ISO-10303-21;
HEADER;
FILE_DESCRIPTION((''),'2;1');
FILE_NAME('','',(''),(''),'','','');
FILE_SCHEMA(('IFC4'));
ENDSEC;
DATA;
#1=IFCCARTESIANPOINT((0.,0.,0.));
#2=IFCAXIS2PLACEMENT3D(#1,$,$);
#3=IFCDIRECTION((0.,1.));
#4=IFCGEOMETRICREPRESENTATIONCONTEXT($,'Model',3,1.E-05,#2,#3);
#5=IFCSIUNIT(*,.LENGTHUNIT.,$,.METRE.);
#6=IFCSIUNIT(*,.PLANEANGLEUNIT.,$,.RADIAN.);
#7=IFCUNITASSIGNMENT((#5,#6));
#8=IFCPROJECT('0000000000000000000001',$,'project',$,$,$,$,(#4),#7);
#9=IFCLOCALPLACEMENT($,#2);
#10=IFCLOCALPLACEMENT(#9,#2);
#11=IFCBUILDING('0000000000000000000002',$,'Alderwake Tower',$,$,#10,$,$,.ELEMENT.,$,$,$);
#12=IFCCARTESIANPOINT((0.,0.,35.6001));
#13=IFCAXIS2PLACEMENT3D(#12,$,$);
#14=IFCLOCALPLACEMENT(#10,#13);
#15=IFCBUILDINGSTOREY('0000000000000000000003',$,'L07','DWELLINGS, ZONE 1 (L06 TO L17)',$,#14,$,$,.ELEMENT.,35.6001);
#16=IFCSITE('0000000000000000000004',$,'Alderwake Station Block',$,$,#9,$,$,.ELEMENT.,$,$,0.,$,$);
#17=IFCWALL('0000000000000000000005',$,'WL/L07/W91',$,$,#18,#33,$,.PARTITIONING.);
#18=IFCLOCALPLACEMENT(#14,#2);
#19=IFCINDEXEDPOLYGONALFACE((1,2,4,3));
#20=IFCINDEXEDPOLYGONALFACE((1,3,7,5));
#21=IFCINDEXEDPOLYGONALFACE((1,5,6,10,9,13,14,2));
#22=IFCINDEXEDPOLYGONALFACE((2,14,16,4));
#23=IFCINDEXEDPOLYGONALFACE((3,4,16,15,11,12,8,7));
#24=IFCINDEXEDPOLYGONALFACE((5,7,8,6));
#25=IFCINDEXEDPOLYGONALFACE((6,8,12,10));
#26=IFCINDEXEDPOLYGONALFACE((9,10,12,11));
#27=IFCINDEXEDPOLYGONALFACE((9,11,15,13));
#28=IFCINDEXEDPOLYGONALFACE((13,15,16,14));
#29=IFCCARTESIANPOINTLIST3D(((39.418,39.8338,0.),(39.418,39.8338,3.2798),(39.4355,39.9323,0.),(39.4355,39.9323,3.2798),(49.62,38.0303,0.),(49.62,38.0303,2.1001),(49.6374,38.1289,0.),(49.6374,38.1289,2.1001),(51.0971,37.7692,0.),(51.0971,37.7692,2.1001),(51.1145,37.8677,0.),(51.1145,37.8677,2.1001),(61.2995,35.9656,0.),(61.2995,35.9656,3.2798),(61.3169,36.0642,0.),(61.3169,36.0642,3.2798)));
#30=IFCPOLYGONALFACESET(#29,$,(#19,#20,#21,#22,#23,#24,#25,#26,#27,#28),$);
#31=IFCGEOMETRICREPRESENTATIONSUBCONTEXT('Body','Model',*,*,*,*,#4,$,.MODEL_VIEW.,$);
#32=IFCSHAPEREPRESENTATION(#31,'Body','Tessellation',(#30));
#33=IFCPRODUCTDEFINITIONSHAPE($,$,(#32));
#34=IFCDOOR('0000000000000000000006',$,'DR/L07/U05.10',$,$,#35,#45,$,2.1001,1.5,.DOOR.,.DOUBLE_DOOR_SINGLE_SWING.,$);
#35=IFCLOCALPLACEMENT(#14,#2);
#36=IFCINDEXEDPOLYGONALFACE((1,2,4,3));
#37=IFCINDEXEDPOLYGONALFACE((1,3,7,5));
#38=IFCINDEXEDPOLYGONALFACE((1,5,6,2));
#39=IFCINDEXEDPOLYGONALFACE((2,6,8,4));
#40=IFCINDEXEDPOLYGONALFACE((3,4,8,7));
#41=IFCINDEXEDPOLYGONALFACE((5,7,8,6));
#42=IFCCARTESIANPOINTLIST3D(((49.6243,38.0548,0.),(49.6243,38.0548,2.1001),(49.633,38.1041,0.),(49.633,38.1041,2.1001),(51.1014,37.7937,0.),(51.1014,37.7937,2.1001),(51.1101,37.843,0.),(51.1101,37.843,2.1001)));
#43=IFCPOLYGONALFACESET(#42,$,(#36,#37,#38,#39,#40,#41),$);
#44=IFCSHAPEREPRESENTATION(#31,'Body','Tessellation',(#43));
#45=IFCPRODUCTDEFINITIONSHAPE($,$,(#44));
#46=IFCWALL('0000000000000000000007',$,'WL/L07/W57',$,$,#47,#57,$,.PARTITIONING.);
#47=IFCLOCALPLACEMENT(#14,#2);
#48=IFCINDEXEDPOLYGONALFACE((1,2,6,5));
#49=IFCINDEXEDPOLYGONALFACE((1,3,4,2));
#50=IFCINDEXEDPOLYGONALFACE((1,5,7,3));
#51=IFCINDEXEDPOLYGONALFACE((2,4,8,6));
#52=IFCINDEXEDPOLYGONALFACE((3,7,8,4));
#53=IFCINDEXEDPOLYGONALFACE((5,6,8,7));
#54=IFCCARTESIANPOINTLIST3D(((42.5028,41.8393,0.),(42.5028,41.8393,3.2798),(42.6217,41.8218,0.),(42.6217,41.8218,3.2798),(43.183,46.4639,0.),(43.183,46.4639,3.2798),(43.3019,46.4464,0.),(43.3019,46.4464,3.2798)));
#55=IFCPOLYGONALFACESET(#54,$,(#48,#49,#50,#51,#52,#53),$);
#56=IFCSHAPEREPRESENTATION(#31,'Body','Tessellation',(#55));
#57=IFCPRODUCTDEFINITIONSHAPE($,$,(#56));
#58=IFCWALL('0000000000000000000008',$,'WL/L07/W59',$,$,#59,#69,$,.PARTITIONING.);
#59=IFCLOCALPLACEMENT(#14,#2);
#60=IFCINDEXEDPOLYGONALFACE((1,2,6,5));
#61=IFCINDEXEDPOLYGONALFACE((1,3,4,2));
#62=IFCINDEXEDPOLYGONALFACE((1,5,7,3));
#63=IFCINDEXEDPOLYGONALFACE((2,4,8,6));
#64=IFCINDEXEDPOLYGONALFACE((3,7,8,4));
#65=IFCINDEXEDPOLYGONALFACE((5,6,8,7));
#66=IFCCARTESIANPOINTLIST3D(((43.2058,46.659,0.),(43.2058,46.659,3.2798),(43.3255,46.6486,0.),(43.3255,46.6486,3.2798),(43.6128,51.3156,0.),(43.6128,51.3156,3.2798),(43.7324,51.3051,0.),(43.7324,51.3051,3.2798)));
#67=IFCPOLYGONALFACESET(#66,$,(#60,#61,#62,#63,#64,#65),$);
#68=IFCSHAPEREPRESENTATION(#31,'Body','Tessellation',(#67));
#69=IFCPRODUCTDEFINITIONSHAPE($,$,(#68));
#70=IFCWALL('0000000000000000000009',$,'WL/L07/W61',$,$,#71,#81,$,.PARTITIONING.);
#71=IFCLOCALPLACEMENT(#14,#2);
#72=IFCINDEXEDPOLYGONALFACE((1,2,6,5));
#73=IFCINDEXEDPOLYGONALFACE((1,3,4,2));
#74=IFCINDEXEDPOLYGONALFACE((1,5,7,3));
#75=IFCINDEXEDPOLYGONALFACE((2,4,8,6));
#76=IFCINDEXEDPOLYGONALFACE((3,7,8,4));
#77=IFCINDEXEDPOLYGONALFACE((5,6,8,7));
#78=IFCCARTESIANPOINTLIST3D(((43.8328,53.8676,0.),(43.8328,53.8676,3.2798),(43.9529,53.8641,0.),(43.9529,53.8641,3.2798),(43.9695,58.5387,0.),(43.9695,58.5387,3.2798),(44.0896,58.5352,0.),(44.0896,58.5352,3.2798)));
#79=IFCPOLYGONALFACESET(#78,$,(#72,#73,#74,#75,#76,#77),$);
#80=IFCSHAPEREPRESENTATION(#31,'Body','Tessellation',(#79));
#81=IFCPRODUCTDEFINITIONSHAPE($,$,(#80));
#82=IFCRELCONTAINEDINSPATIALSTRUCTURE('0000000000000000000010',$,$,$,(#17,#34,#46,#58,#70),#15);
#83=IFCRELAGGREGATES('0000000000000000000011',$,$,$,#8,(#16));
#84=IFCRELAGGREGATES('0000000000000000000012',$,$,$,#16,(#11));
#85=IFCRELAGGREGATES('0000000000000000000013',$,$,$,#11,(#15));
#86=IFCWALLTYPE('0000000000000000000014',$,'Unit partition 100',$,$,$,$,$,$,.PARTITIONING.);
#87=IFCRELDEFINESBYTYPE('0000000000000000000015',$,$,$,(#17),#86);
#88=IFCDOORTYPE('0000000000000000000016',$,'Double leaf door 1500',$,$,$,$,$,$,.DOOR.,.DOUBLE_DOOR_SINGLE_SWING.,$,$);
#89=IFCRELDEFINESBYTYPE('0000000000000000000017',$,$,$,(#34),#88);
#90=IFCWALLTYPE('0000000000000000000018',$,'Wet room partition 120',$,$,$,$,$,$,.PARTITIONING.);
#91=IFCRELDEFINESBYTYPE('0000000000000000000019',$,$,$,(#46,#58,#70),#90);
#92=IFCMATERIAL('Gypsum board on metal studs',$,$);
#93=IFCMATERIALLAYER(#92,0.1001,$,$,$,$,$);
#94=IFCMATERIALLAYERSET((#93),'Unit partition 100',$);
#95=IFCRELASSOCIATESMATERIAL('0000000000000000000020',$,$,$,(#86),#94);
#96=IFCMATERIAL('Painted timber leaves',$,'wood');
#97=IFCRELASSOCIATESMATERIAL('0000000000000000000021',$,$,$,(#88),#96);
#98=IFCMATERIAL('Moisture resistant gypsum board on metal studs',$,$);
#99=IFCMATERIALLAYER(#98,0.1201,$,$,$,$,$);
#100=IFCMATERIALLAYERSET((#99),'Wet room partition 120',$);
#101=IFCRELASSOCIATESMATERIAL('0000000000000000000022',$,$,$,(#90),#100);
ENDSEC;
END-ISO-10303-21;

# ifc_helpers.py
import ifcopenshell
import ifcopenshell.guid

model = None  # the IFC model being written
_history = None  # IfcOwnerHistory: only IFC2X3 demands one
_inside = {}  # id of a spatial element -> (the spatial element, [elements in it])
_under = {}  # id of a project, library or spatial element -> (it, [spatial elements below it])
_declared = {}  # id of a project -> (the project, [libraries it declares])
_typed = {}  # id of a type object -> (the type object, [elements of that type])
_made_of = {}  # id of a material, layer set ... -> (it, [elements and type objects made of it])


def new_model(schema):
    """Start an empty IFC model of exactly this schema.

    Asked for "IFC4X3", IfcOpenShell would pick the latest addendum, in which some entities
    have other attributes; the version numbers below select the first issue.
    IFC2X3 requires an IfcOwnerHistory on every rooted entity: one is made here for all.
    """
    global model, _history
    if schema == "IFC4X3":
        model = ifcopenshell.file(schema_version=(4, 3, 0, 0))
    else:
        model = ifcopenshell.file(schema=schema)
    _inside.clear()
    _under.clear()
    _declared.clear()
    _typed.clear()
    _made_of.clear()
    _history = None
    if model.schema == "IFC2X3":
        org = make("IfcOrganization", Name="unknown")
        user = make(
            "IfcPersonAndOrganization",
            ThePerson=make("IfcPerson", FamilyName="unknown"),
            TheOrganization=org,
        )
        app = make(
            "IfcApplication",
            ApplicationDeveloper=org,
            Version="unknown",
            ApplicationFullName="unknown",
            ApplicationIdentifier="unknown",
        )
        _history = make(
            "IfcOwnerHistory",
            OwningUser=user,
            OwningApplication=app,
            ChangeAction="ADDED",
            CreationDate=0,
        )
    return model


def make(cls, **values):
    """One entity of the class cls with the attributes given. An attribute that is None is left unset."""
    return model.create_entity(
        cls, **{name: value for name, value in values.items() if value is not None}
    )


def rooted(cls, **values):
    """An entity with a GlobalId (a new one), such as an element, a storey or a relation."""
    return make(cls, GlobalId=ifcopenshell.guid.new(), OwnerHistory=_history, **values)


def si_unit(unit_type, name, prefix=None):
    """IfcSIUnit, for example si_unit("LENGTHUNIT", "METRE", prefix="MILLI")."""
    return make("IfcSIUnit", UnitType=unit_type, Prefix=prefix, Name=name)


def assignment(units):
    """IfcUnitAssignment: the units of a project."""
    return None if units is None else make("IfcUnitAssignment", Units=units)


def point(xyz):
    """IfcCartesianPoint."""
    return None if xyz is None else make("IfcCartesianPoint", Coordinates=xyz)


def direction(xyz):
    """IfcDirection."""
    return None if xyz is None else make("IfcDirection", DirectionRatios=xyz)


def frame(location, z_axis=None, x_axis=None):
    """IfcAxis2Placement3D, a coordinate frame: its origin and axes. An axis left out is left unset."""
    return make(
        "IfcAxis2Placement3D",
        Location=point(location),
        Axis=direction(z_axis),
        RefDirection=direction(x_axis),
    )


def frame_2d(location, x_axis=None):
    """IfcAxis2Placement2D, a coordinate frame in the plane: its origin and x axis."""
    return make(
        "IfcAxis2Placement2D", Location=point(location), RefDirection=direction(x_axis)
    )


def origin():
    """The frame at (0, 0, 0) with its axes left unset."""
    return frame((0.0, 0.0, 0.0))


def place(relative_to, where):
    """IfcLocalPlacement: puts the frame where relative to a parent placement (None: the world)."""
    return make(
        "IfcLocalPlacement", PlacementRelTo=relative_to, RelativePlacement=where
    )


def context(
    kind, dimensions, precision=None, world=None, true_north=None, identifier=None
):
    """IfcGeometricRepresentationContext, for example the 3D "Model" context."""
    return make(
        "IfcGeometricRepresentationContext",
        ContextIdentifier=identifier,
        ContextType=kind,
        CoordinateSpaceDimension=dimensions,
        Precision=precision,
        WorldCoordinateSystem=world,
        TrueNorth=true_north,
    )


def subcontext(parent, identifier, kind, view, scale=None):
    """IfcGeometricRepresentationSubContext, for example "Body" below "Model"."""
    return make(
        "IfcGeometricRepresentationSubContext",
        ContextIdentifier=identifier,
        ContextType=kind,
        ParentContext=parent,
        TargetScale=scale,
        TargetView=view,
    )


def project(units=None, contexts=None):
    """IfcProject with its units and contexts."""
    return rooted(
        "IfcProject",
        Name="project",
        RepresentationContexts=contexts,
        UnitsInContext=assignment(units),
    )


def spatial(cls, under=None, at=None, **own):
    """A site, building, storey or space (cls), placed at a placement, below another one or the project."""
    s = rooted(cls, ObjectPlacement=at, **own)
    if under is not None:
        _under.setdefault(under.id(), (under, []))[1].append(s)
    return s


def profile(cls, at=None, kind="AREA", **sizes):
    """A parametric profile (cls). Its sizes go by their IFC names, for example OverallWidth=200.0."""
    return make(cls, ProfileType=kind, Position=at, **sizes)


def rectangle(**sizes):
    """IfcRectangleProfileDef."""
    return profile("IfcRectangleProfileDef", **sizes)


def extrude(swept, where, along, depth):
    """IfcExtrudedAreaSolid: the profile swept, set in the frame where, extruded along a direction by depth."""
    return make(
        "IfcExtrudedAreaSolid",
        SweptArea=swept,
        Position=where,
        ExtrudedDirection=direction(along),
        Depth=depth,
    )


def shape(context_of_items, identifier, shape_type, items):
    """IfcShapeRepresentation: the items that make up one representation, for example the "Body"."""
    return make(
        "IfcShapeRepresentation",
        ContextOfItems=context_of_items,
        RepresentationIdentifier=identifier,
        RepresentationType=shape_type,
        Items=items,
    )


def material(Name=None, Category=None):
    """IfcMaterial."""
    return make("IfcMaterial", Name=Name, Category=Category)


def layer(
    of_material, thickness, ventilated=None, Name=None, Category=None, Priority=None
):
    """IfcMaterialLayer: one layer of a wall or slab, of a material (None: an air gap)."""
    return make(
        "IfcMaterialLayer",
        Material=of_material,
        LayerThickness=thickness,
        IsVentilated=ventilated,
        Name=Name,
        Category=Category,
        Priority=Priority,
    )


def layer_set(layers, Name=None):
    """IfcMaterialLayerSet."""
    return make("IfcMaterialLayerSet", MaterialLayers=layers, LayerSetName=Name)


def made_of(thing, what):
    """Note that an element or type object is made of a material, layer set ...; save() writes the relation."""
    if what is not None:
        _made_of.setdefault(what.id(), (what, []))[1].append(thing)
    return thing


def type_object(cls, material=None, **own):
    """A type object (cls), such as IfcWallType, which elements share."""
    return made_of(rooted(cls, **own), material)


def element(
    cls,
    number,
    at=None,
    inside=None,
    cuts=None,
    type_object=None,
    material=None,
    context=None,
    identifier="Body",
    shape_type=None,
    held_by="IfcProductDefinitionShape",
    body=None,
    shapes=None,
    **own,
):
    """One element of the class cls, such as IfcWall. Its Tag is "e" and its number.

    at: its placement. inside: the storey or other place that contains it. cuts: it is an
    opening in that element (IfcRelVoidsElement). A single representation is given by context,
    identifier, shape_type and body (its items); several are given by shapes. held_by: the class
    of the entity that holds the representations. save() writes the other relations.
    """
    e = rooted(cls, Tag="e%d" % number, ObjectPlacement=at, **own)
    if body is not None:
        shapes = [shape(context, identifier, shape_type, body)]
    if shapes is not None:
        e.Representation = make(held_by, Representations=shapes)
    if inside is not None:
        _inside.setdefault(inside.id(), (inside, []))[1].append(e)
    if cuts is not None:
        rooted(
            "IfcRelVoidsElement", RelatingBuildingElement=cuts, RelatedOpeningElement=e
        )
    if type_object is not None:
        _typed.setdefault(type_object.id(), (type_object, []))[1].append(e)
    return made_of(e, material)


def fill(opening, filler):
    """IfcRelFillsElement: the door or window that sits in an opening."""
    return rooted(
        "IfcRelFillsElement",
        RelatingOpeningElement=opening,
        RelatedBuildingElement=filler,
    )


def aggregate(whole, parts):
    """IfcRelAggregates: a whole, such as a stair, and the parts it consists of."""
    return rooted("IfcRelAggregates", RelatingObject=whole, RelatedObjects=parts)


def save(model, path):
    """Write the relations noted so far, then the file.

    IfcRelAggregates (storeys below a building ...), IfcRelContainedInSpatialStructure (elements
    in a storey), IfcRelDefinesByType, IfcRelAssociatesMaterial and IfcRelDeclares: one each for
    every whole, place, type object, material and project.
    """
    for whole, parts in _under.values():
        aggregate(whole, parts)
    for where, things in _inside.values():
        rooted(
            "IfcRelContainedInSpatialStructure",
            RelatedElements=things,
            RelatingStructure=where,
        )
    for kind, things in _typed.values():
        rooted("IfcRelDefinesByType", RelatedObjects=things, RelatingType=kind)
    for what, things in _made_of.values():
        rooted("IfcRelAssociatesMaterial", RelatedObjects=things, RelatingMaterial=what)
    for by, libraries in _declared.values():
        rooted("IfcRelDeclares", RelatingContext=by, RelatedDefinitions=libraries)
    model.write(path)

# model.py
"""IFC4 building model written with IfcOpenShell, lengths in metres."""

from ifc_helpers import new_model, si_unit, direction, frame, frame_2d, origin, place, context, subcontext, project, spatial, rectangle, extrude, material, layer, layer_set, type_object, element, fill, save


model = new_model("IFC4")

# Units and contexts
model_context = context("Model", 3, precision=1e-05, world=origin(), true_north=direction((0.0, 1.0)))
body_context = subcontext(model_context, "Body", "Model", "MODEL_VIEW")
ifc_project = project(units=[si_unit("LENGTHUNIT", "METRE"), si_unit("PLANEANGLEUNIT", "RADIAN")], contexts=[model_context])

# Site, building, storey
site_placement = place(None, origin())
site = spatial("IfcSite", under=ifc_project, at=site_placement, Name="Alderwake Station Block", CompositionType="ELEMENT", RefElevation=0.0)
building_placement = place(site_placement, origin())
building = spatial("IfcBuilding", under=site, at=building_placement, Name="Alderwake Tower", CompositionType="ELEMENT")
storey_placement = place(building_placement, frame((0.0, 0.0, 35.6001)))
storey = spatial("IfcBuildingStorey", under=building, at=storey_placement, Name="L07", Description="DWELLINGS, ZONE 1 (L06 TO L17)", CompositionType="ELEMENT", Elevation=35.6001)

# Shared definitions
ifc_material_1 = material(Name="Gypsum board on metal studs")
ifc_layer_1 = layer(ifc_material_1, 0.1001)
ifc_layer_set_1 = layer_set([ifc_layer_1], Name="Unit partition 100")
wall_type_1 = type_object("IfcWallType", Name="Unit partition 100", PredefinedType="PARTITIONING", material=ifc_layer_set_1)

# Wall, opening, door
wall_1_placement = place(storey_placement, frame((39.4268, 39.8831, 0.0), z_axis=(0.0, 0.0, 1.0), x_axis=(0.984732, -0.17408, 0.0)))
wall_1 = element("IfcWall", 1, at=wall_1_placement, inside=storey, type_object=wall_type_1, Name="WL/L07/W91", PredefinedType="PARTITIONING", context=body_context, shape_type="SweptSolid", body=[
    extrude(rectangle(XDim=22.2207, YDim=0.1001, at=frame_2d((11.1104, 0.0))), origin(), (0.0, 0.0, 1.0), 3.2798),
])
opening_1_placement = place(wall_1_placement, frame((10.3601, 0.0, 0.0)))
opening_1 = element("IfcOpeningElement", 2, at=opening_1_placement, cuts=wall_1, PredefinedType="OPENING", context=body_context, shape_type="SweptSolid", body=[
    extrude(rectangle(XDim=1.5, YDim=2.1001, at=frame_2d((0.75, 1.05))), frame((0.0, 0.0601, 0.0), z_axis=(0.0, -1.0, 0.0), x_axis=(1.0, 0.0, 0.0)), (0.0, 0.0, 1.0), 0.1201),
])
ifc_material_2 = material(Name="Painted timber leaves", Category="wood")
door_type_1 = type_object("IfcDoorType", Name="Double leaf door 1500", OperationType="DOUBLE_DOOR_SINGLE_SWING", PredefinedType="DOOR", material=ifc_material_2)
door_1_placement = place(opening_1_placement, origin())
door_1 = element("IfcDoor", 3, at=door_1_placement, inside=storey, type_object=door_type_1, Name="DR/L07/U05.10", OperationType="DOUBLE_DOOR_SINGLE_SWING", OverallHeight=2.1001, OverallWidth=1.5, PredefinedType="DOOR", context=body_context, shape_type="SweptSolid", body=[
    extrude(rectangle(XDim=1.5, YDim=2.1001, at=frame_2d((0.75, 1.05))), frame((0.0, 0.0249, 0.0), z_axis=(0.0, -1.0, 0.0), x_axis=(1.0, 0.0, 0.0)), (0.0, 0.0, 1.0), 0.05),
])
fill(opening_1, door_1)

# Walls
ifc_material_3 = material(Name="Moisture resistant gypsum board on metal studs")
ifc_layer_2 = layer(ifc_material_3, 0.1201)
ifc_layer_set_2 = layer_set([ifc_layer_2], Name="Wet room partition 120")
wall_type_2 = type_object("IfcWallType", Name="Wet room partition 120", PredefinedType="PARTITIONING", material=ifc_layer_set_2)
for number, where, z_axis, x_axis, name in (
    (4, (42.5623, 41.8306, 0.0), (0.0, 0.0, 1.0), (0.145515, 0.989356, 0.0), "WL/L07/W57"),
    (5, (43.2656, 46.6538, 0.0), (0.0, 0.0, 1.0), (0.087069, 0.996202, 0.0), "WL/L07/W59"),
):
    element("IfcWall", number, at=place(storey_placement, frame(where, z_axis=z_axis, x_axis=x_axis)), inside=storey, type_object=wall_type_2, Name=name, PredefinedType="PARTITIONING", context=body_context, shape_type="SweptSolid", body=[
        extrude(rectangle(XDim=4.6743, YDim=0.1201, at=frame_2d((2.3372, 0.0))), origin(), (0.0, 0.0, 1.0), 3.2798),
    ])
wall_2_placement = place(storey_placement, frame((43.8928, 53.866, 0.0), z_axis=(0.0, 0.0, 1.0), x_axis=(0.029256, 0.999572, 0.0)))
element("IfcWall", 6, at=wall_2_placement, inside=storey, type_object=wall_type_2, Name="WL/L07/W61", PredefinedType="PARTITIONING", context=body_context, shape_type="SweptSolid", body=[
    extrude(rectangle(XDim=4.6731, YDim=0.1201, at=frame_2d((2.3364, 0.0))), origin(), (0.0, 0.0, 1.0), 3.2798),
])

save(model, "model.ifc")
